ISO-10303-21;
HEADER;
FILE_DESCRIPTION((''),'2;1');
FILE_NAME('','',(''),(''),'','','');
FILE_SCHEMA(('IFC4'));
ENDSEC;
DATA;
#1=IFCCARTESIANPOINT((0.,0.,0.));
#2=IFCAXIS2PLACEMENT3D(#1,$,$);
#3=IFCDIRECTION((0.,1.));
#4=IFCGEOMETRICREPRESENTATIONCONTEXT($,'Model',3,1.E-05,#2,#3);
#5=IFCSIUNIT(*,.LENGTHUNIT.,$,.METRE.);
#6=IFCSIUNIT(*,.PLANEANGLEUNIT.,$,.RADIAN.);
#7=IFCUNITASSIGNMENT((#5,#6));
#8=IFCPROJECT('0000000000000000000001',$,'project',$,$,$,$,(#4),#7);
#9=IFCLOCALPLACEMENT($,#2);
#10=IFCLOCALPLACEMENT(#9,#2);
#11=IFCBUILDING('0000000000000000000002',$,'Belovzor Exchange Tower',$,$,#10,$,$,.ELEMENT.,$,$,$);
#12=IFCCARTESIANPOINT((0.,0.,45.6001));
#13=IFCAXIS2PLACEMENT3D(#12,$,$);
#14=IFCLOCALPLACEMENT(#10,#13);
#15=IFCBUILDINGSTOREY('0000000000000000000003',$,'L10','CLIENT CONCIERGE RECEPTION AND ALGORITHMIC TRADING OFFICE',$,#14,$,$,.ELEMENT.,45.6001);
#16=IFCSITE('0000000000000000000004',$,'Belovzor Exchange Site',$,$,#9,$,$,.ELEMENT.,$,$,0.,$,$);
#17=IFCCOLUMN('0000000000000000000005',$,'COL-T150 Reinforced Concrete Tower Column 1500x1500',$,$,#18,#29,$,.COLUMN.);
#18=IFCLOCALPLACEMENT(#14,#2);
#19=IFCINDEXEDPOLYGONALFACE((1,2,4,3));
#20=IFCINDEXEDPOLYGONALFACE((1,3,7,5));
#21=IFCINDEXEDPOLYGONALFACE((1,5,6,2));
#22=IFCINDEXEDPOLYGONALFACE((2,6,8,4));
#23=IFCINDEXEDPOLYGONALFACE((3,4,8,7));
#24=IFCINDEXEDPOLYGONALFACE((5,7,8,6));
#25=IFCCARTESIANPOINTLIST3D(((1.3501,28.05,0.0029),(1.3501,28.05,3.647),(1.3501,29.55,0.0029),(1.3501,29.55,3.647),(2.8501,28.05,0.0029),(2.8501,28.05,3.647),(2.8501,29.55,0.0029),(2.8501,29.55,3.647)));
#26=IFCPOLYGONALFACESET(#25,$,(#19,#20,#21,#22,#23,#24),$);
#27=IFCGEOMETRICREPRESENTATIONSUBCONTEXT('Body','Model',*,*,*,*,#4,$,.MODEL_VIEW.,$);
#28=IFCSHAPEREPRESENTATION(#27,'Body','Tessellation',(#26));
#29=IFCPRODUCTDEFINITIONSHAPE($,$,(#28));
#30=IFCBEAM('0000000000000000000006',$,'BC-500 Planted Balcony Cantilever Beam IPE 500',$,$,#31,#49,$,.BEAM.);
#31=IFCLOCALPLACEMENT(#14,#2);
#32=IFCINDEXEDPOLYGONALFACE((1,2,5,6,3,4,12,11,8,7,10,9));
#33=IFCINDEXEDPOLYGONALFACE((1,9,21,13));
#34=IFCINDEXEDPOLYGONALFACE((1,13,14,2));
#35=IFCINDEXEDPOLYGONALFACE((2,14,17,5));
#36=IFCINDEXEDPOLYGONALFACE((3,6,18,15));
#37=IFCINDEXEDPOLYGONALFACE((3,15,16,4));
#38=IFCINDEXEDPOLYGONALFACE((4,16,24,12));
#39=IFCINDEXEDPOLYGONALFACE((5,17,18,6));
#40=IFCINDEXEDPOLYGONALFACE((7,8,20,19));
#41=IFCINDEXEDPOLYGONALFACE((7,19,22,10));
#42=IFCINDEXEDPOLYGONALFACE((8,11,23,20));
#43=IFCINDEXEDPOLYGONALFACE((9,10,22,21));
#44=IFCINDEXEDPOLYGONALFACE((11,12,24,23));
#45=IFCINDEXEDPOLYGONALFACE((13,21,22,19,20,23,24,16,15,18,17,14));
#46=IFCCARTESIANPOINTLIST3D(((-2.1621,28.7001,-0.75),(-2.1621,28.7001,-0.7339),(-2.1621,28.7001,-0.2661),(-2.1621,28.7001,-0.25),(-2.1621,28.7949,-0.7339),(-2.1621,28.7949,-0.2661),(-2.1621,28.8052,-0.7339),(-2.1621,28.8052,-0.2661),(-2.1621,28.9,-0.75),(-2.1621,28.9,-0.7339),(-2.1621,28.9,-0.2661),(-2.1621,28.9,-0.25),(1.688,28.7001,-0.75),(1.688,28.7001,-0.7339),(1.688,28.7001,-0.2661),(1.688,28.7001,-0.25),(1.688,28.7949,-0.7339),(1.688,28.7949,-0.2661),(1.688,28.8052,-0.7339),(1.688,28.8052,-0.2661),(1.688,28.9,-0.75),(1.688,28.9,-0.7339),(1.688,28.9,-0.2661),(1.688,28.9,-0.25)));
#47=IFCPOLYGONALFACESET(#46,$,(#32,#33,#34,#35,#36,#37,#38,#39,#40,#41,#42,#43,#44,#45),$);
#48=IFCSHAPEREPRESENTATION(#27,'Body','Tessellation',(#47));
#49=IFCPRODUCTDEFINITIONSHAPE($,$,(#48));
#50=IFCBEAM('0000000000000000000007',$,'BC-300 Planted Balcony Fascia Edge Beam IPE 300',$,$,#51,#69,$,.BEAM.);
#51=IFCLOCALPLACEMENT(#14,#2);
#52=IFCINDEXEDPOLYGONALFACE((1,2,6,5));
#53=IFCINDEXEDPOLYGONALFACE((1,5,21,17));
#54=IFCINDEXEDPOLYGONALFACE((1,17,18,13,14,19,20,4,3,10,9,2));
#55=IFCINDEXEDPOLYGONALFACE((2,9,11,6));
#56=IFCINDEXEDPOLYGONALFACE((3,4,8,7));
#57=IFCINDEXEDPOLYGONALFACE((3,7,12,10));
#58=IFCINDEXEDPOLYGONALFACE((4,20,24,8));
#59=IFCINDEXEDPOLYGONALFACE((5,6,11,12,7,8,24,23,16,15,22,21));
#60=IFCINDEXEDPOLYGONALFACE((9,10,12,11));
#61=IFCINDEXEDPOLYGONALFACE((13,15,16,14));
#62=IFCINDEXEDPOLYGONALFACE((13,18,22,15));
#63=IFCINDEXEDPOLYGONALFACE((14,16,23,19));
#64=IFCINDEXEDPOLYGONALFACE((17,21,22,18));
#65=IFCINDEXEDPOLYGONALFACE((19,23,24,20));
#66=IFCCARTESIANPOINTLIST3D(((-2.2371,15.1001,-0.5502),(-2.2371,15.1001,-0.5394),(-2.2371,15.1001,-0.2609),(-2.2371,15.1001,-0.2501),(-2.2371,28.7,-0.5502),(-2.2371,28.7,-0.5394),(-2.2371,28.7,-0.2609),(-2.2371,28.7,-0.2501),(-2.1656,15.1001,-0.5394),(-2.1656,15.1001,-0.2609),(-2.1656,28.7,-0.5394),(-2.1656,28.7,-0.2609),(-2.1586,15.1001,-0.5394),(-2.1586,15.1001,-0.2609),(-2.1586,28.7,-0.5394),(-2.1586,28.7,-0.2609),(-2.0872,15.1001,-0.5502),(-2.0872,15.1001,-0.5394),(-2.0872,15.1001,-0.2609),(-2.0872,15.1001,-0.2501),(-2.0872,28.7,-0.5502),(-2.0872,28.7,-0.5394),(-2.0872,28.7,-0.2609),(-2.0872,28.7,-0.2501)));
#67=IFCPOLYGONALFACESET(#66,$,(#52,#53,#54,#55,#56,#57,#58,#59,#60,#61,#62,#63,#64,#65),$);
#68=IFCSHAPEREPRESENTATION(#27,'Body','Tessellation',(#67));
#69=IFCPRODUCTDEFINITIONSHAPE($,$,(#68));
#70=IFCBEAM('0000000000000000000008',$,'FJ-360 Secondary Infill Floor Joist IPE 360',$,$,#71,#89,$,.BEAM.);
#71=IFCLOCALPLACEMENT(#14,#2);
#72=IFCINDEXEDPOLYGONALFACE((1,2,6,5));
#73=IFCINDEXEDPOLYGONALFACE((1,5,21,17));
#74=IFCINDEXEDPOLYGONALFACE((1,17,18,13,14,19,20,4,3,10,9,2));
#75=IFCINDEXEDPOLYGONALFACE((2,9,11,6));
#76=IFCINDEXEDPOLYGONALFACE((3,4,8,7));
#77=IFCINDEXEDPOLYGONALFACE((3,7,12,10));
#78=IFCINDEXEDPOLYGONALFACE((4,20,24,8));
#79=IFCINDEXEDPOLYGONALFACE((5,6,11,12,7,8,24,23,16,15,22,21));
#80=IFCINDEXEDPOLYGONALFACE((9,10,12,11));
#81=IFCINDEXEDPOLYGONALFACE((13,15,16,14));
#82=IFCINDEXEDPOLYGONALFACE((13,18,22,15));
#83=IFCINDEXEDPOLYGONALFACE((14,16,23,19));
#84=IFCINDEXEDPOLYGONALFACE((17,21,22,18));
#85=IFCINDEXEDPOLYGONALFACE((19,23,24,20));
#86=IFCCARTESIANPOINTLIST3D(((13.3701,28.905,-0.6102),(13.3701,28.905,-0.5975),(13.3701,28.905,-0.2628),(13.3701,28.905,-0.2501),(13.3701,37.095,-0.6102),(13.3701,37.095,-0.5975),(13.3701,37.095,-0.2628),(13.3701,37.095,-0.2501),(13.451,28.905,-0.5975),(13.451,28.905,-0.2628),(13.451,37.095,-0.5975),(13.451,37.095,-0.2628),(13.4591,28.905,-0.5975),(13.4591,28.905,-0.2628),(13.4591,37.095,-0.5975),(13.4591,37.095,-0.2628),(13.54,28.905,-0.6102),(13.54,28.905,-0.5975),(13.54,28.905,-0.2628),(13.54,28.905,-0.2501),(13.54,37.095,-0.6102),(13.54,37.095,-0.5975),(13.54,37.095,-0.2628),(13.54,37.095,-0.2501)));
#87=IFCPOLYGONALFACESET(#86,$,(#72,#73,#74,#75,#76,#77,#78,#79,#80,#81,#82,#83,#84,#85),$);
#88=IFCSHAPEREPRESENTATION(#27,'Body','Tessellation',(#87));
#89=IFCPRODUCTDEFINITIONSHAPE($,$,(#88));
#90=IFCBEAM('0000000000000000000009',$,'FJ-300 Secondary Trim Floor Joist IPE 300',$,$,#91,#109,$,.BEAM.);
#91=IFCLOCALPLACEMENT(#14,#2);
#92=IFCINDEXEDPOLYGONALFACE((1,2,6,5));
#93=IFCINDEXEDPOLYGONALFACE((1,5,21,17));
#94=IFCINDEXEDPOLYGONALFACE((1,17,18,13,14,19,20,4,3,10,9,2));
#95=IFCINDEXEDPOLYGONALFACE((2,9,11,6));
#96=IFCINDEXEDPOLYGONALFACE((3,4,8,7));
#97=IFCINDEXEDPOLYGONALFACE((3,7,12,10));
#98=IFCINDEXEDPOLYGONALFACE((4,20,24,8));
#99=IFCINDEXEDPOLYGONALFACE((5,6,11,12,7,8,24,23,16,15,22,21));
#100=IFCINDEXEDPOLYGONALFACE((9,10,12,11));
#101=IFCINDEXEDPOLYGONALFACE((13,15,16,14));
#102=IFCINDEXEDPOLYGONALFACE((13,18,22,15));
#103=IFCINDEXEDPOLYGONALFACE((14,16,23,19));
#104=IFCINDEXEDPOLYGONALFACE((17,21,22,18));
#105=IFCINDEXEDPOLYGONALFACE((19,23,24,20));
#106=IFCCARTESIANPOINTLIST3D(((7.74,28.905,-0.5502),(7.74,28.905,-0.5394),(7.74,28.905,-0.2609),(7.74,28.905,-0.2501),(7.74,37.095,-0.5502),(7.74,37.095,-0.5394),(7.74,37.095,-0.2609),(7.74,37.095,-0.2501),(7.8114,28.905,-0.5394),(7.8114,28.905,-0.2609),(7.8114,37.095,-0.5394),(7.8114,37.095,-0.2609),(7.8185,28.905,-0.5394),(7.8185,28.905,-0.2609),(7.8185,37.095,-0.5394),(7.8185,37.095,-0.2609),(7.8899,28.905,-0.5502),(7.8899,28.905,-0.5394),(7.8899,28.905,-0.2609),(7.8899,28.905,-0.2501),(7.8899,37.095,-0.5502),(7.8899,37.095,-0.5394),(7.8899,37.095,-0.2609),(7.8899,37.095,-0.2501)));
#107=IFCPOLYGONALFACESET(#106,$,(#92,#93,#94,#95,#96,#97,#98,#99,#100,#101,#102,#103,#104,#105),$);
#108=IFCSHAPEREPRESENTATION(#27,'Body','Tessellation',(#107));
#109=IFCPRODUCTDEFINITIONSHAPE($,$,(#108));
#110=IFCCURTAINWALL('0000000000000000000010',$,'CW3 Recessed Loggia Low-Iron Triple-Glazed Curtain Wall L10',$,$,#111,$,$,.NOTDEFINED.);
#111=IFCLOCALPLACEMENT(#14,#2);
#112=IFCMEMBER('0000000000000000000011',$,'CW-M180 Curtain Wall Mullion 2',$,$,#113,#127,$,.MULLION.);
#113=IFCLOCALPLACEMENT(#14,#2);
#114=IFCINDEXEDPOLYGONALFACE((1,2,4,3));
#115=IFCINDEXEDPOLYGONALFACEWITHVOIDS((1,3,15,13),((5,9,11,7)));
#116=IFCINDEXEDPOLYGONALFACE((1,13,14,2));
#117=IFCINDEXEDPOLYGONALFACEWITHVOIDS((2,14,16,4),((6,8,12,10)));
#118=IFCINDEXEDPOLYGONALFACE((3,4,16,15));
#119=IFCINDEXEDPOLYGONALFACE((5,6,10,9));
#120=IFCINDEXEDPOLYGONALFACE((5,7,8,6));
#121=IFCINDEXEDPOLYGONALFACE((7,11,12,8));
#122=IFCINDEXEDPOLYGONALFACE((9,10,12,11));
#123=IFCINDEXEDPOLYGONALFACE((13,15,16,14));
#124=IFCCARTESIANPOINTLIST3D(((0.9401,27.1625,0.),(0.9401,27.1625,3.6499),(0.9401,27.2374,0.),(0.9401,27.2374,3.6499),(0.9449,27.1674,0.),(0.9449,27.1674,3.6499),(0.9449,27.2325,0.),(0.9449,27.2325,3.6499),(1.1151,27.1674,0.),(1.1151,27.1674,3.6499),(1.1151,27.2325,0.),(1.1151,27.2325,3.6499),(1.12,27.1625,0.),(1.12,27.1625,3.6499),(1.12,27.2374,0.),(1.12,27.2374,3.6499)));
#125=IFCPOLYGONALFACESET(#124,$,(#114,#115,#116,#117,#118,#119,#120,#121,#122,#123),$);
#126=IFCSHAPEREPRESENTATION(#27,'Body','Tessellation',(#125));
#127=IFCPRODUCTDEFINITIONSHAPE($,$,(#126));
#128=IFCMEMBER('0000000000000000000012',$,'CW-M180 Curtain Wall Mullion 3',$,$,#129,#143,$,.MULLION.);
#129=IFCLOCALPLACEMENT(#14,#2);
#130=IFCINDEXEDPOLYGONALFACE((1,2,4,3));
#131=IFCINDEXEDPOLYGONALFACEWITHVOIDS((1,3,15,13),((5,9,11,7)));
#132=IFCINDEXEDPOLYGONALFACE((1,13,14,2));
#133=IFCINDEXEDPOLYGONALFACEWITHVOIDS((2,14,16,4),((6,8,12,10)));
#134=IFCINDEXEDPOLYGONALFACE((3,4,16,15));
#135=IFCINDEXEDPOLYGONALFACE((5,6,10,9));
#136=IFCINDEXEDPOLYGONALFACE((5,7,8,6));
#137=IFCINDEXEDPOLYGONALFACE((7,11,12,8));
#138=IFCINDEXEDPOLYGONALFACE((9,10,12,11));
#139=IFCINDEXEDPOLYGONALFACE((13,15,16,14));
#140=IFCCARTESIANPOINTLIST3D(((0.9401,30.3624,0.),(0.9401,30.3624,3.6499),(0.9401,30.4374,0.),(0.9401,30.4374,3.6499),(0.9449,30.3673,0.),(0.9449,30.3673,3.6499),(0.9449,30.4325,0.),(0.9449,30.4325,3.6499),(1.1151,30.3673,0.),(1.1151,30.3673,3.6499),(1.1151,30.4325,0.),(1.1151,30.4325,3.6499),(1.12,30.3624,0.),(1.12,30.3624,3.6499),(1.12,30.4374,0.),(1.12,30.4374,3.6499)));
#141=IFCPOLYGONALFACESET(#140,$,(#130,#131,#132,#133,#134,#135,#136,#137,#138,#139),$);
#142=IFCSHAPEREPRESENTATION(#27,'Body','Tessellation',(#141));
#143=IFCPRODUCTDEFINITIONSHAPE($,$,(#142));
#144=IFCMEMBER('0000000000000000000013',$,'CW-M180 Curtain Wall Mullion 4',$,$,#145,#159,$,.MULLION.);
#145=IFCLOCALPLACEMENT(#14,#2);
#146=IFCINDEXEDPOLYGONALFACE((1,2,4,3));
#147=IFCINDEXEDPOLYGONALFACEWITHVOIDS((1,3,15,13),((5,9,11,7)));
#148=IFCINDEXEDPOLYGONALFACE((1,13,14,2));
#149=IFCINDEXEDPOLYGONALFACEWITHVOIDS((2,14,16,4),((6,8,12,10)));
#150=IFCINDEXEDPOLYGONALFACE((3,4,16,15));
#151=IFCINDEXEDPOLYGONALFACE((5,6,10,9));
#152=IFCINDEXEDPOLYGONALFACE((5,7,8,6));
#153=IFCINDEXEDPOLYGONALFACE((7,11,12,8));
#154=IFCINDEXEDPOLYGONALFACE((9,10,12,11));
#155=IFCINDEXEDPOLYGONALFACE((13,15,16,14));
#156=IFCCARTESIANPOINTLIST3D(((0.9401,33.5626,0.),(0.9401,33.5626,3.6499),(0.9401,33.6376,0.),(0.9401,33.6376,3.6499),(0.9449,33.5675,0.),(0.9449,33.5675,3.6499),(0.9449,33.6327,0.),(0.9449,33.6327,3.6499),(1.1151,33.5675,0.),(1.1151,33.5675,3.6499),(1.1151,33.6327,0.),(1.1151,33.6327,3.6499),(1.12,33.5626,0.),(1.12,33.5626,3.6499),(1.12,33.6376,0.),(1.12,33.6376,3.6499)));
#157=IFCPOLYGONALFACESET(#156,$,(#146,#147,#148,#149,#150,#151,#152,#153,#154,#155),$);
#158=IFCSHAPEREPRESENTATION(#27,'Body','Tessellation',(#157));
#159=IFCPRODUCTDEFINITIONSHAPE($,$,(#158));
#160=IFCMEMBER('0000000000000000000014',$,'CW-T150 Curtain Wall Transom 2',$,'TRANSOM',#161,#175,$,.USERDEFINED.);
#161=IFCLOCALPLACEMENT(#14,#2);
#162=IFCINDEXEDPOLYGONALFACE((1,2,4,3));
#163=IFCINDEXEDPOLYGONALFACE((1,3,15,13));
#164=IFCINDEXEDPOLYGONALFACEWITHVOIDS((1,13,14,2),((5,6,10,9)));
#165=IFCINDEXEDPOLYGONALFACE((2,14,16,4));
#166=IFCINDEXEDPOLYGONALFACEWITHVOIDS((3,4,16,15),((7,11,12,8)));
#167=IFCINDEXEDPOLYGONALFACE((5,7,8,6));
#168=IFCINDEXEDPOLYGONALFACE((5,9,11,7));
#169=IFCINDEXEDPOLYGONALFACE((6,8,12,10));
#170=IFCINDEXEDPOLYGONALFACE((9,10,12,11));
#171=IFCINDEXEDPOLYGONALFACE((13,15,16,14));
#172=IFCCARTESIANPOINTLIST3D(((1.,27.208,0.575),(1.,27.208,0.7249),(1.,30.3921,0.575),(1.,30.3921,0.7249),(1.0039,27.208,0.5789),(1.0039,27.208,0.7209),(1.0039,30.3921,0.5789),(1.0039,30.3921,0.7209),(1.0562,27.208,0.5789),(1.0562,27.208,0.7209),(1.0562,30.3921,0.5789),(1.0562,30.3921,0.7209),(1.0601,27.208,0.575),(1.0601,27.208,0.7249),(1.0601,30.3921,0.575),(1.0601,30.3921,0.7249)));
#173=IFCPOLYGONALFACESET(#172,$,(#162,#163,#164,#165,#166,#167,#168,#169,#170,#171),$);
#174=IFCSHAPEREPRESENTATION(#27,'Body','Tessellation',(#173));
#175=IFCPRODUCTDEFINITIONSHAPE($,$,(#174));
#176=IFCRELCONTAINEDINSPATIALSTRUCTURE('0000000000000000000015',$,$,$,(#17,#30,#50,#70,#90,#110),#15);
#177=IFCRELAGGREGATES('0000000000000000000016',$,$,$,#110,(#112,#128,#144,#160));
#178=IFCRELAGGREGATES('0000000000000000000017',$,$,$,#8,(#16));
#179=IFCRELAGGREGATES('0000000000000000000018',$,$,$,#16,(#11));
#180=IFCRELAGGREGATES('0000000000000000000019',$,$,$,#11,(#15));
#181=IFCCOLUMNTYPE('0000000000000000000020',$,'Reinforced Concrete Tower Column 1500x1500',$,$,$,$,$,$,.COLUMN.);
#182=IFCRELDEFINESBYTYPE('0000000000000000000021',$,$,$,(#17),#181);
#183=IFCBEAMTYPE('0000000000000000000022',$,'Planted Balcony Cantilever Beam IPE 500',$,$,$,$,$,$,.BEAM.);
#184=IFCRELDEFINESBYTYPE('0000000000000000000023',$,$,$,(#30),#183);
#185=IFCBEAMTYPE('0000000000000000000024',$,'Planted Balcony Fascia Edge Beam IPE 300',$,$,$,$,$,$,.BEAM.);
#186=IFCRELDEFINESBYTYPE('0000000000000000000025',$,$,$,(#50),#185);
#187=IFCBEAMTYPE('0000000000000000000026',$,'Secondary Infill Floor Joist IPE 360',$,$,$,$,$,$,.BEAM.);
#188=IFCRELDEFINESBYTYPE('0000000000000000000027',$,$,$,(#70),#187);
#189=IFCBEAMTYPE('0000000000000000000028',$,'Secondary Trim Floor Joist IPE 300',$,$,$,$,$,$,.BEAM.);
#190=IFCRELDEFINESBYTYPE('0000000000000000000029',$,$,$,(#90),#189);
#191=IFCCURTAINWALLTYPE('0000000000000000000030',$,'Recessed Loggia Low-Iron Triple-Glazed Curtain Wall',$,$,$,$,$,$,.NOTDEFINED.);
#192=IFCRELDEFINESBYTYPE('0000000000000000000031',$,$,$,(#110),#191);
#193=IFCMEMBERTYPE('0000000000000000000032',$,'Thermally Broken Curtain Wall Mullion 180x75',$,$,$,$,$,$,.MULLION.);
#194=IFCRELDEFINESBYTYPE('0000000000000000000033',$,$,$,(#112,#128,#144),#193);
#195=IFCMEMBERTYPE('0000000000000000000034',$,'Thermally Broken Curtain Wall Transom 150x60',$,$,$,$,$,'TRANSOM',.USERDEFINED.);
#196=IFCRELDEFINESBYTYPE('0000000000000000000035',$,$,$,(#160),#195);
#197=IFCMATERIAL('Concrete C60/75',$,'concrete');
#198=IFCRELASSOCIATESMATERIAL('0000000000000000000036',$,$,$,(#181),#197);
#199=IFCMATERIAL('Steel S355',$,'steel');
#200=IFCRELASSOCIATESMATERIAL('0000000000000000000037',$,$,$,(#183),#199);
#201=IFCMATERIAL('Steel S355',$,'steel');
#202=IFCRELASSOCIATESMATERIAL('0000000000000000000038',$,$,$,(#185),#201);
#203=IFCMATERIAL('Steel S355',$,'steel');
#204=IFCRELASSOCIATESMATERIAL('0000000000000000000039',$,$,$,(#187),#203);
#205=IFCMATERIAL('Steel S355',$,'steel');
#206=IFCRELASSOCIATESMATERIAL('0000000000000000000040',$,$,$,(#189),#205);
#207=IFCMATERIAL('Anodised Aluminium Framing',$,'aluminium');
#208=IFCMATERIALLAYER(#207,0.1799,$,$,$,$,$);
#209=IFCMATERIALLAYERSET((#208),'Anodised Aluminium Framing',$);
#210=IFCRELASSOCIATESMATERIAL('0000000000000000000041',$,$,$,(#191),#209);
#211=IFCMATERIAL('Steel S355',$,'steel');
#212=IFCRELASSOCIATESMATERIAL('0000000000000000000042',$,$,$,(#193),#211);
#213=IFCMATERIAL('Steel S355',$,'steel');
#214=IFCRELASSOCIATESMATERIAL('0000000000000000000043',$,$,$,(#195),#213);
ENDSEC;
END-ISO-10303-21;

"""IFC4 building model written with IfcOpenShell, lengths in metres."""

from ifc_helpers import new_model, si_unit, direction, frame, origin, origin_2d, place, context, subcontext, project, spatial, rectangle, hollow_rectangle, i_section, extrude, material, layer, layer_set, material_profile, profile_set, type_object, element, aggregate, save


model = new_model("IFC4")

# Units and contexts
model_context = context("Model", 3, precision=1e-05, world=origin(), true_north=direction((0.0, 1.0)))
body_context = subcontext(model_context, "Body", "Model", "MODEL_VIEW")
ifc_project = project(units=[si_unit("LENGTHUNIT", "METRE"), si_unit("PLANEANGLEUNIT", "RADIAN")], contexts=[model_context])

# Site, building, storey
site_placement = place(None, origin())
site = spatial("IfcSite", under=ifc_project, at=site_placement, Name="Belovzor Exchange Site", CompositionType="ELEMENT", RefElevation=0.0)
building_placement = place(site_placement, origin())
building = spatial("IfcBuilding", under=site, at=building_placement, Name="Belovzor Exchange Tower", CompositionType="ELEMENT")
storey_placement = place(building_placement, frame((0.0, 0.0, 45.6001)))
storey = spatial("IfcBuildingStorey", under=building, at=storey_placement, Name="L10", Description="CLIENT CONCIERGE RECEPTION AND ALGORITHMIC TRADING OFFICE", CompositionType="ELEMENT", Elevation=45.6001)

# Column
ifc_material_1 = material(Name="Concrete C60/75", Category="concrete")
ifc_material_profile_1 = material_profile(ifc_material_1, rectangle(XDim=1.5, YDim=1.5, at=origin_2d()))
ifc_profile_set_1 = profile_set([ifc_material_profile_1], Name="Concrete C60/75")
column_type = type_object("IfcColumnType", Name="Reinforced Concrete Tower Column 1500x1500", PredefinedType="COLUMN", material=ifc_profile_set_1)
column_placement = place(storey_placement, frame((2.1001, 28.8, 0.0029), z_axis=(0.0, 0.0, 1.0), x_axis=(1.0, 0.0, 0.0)))
element("IfcColumn", 1, at=column_placement, inside=storey, type_object=column_type, Name="COL-T150 Reinforced Concrete Tower Column 1500x1500", PredefinedType="COLUMN", context=body_context, shape_type="SweptSolid", body=[
    extrude(rectangle(XDim=1.5, YDim=1.5, at=origin_2d()), origin(), (0.0, 0.0, 1.0), 3.644),
])

# Beams
ifc_material_2 = material(Name="Steel S355", Category="steel")
ifc_material_profile_2 = material_profile(ifc_material_2, i_section(OverallWidth=0.2, OverallDepth=0.5, WebThickness=0.0103, FlangeThickness=0.0161, at=origin_2d()))
ifc_profile_set_2 = profile_set([ifc_material_profile_2], Name="Steel S355")
beam_type_1 = type_object("IfcBeamType", Name="Planted Balcony Cantilever Beam IPE 500", PredefinedType="BEAM", material=ifc_profile_set_2)
beam_1_placement = place(storey_placement, frame((1.688, 28.8, -0.5), z_axis=(-1.0, 0.0, 0.0), x_axis=(0.0, -1.0, 0.0)))
element("IfcBeam", 2, at=beam_1_placement, inside=storey, type_object=beam_type_1, Name="BC-500 Planted Balcony Cantilever Beam IPE 500", PredefinedType="BEAM", context=body_context, shape_type="SweptSolid", body=[
    extrude(i_section(OverallWidth=0.2, OverallDepth=0.5, WebThickness=0.0103, FlangeThickness=0.0161, at=origin_2d()), origin(), (0.0, 0.0, 1.0), 3.8501),
])
ifc_material_3 = material(Name="Steel S355", Category="steel")
ifc_material_profile_3 = material_profile(ifc_material_3, i_section(OverallWidth=0.1499, OverallDepth=0.3, WebThickness=0.0071, FlangeThickness=0.0107, at=origin_2d()))
ifc_profile_set_3 = profile_set([ifc_material_profile_3], Name="Steel S355")
beam_type_2 = type_object("IfcBeamType", Name="Planted Balcony Fascia Edge Beam IPE 300", PredefinedType="BEAM", material=ifc_profile_set_3)
beam_2_placement = place(storey_placement, frame((-2.1621, 28.7, -0.4001), z_axis=(0.0, -1.0, 0.0), x_axis=(1.0, 0.0, 0.0)))
element("IfcBeam", 3, at=beam_2_placement, inside=storey, type_object=beam_type_2, Name="BC-300 Planted Balcony Fascia Edge Beam IPE 300", PredefinedType="BEAM", context=body_context, shape_type="SweptSolid", body=[
    extrude(i_section(OverallWidth=0.1499, OverallDepth=0.3, WebThickness=0.0071, FlangeThickness=0.0107, at=origin_2d()), origin(), (0.0, 0.0, 1.0), 13.5999),
])
ifc_material_4 = material(Name="Steel S355", Category="steel")
ifc_material_profile_4 = material_profile(ifc_material_4, i_section(OverallWidth=0.1699, OverallDepth=0.3601, WebThickness=0.0081, FlangeThickness=0.0127, at=origin_2d()))
ifc_profile_set_4 = profile_set([ifc_material_profile_4], Name="Steel S355")
beam_type_3 = type_object("IfcBeamType", Name="Secondary Infill Floor Joist IPE 360", PredefinedType="BEAM", material=ifc_profile_set_4)
beam_3_placement = place(storey_placement, frame((13.4551, 28.905, -0.4302), z_axis=(0.0, 1.0, 0.0), x_axis=(-1.0, 0.0, 0.0)))
element("IfcBeam", 4, at=beam_3_placement, inside=storey, type_object=beam_type_3, Name="FJ-360 Secondary Infill Floor Joist IPE 360", PredefinedType="BEAM", context=body_context, shape_type="SweptSolid", body=[
    extrude(i_section(OverallWidth=0.1699, OverallDepth=0.3601, WebThickness=0.0081, FlangeThickness=0.0127, at=origin_2d()), origin(), (0.0, 0.0, 1.0), 8.1899),
])
ifc_material_5 = material(Name="Steel S355", Category="steel")
ifc_material_profile_5 = material_profile(ifc_material_5, i_section(OverallWidth=0.1499, OverallDepth=0.3, WebThickness=0.0071, FlangeThickness=0.0107, at=origin_2d()))
ifc_profile_set_5 = profile_set([ifc_material_profile_5], Name="Steel S355")
beam_type_4 = type_object("IfcBeamType", Name="Secondary Trim Floor Joist IPE 300", PredefinedType="BEAM", material=ifc_profile_set_5)
beam_4_placement = place(storey_placement, frame((7.8149, 28.905, -0.4001), z_axis=(0.0, 1.0, 0.0), x_axis=(-1.0, 0.0, 0.0)))
element("IfcBeam", 5, at=beam_4_placement, inside=storey, type_object=beam_type_4, Name="FJ-300 Secondary Trim Floor Joist IPE 300", PredefinedType="BEAM", context=body_context, shape_type="SweptSolid", body=[
    extrude(i_section(OverallWidth=0.1499, OverallDepth=0.3, WebThickness=0.0071, FlangeThickness=0.0107, at=origin_2d()), origin(), (0.0, 0.0, 1.0), 8.1899),
])

# Curtain wall, members
ifc_material_6 = material(Name="Anodised Aluminium Framing", Category="aluminium")
ifc_layer_1 = layer(ifc_material_6, 0.1799)
ifc_layer_set_1 = layer_set([ifc_layer_1], Name="Anodised Aluminium Framing")
curtain_wall_type = type_object("IfcCurtainWallType", Name="Recessed Loggia Low-Iron Triple-Glazed Curtain Wall", PredefinedType="NOTDEFINED", material=ifc_layer_set_1)
curtain_wall_placement = place(storey_placement, origin())
curtain_wall = element("IfcCurtainWall", 6, at=curtain_wall_placement, inside=storey, type_object=curtain_wall_type, Name="CW3 Recessed Loggia Low-Iron Triple-Glazed Curtain Wall L10", PredefinedType="NOTDEFINED")
ifc_material_7 = material(Name="Steel S355", Category="steel")
ifc_material_profile_6 = material_profile(ifc_material_7, hollow_rectangle(XDim=0.075, YDim=0.1799, WallThickness=0.0049, at=origin_2d()))
ifc_profile_set_6 = profile_set([ifc_material_profile_6], Name="Steel S355")
member_type_1 = type_object("IfcMemberType", Name="Thermally Broken Curtain Wall Mullion 180x75", PredefinedType="MULLION", material=ifc_profile_set_6)
member_1_placement = place(storey_placement, frame((1.03, 27.2, 0.0), z_axis=(0.0, 0.0, 1.0), x_axis=(0.0, 1.0, 0.0)))
member_1 = element("IfcMember", 7, at=member_1_placement, type_object=member_type_1, Name="CW-M180 Curtain Wall Mullion 2", PredefinedType="MULLION", context=body_context, shape_type="SweptSolid", body=[
    extrude(hollow_rectangle(XDim=0.075, YDim=0.1799, WallThickness=0.0049, at=origin_2d()), origin(), (0.0, 0.0, 1.0), 3.6499),
])
member_2_placement = place(storey_placement, frame((1.03, 30.3999, 0.0), z_axis=(0.0, 0.0, 1.0), x_axis=(0.0, 1.0, 0.0)))
member_2 = element("IfcMember", 8, at=member_2_placement, type_object=member_type_1, Name="CW-M180 Curtain Wall Mullion 3", PredefinedType="MULLION", context=body_context, shape_type="SweptSolid", body=[
    extrude(hollow_rectangle(XDim=0.075, YDim=0.1799, WallThickness=0.0049, at=origin_2d()), origin(), (0.0, 0.0, 1.0), 3.6499),
])
member_3_placement = place(storey_placement, frame((1.03, 33.6001, 0.0), z_axis=(0.0, 0.0, 1.0), x_axis=(0.0, 1.0, 0.0)))
member_3 = element("IfcMember", 9, at=member_3_placement, type_object=member_type_1, Name="CW-M180 Curtain Wall Mullion 4", PredefinedType="MULLION", context=body_context, shape_type="SweptSolid", body=[
    extrude(hollow_rectangle(XDim=0.075, YDim=0.1799, WallThickness=0.0049, at=origin_2d()), origin(), (0.0, 0.0, 1.0), 3.6499),
])
ifc_material_8 = material(Name="Steel S355", Category="steel")
ifc_material_profile_7 = material_profile(ifc_material_8, hollow_rectangle(XDim=0.0601, YDim=0.1499, WallThickness=0.0039, at=origin_2d()))
ifc_profile_set_7 = profile_set([ifc_material_profile_7], Name="Steel S355")
member_type_2 = type_object("IfcMemberType", Name="Thermally Broken Curtain Wall Transom 150x60", ElementType="TRANSOM", PredefinedType="USERDEFINED", material=ifc_profile_set_7)
member_4_placement = place(storey_placement, frame((1.03, 27.208, 0.6499), z_axis=(0.0, 1.0, 0.0), x_axis=(-1.0, 0.0, 0.0)))
member_4 = element("IfcMember", 10, at=member_4_placement, type_object=member_type_2, Name="CW-T150 Curtain Wall Transom 2", ObjectType="TRANSOM", PredefinedType="USERDEFINED", context=body_context, shape_type="SweptSolid", body=[
    extrude(hollow_rectangle(XDim=0.0601, YDim=0.1499, WallThickness=0.0039, at=origin_2d()), origin(), (0.0, 0.0, 1.0), 3.1841),
])

aggregate(curtain_wall, [member_1, member_2, member_3, member_4])

save(model, "model.ifc")
